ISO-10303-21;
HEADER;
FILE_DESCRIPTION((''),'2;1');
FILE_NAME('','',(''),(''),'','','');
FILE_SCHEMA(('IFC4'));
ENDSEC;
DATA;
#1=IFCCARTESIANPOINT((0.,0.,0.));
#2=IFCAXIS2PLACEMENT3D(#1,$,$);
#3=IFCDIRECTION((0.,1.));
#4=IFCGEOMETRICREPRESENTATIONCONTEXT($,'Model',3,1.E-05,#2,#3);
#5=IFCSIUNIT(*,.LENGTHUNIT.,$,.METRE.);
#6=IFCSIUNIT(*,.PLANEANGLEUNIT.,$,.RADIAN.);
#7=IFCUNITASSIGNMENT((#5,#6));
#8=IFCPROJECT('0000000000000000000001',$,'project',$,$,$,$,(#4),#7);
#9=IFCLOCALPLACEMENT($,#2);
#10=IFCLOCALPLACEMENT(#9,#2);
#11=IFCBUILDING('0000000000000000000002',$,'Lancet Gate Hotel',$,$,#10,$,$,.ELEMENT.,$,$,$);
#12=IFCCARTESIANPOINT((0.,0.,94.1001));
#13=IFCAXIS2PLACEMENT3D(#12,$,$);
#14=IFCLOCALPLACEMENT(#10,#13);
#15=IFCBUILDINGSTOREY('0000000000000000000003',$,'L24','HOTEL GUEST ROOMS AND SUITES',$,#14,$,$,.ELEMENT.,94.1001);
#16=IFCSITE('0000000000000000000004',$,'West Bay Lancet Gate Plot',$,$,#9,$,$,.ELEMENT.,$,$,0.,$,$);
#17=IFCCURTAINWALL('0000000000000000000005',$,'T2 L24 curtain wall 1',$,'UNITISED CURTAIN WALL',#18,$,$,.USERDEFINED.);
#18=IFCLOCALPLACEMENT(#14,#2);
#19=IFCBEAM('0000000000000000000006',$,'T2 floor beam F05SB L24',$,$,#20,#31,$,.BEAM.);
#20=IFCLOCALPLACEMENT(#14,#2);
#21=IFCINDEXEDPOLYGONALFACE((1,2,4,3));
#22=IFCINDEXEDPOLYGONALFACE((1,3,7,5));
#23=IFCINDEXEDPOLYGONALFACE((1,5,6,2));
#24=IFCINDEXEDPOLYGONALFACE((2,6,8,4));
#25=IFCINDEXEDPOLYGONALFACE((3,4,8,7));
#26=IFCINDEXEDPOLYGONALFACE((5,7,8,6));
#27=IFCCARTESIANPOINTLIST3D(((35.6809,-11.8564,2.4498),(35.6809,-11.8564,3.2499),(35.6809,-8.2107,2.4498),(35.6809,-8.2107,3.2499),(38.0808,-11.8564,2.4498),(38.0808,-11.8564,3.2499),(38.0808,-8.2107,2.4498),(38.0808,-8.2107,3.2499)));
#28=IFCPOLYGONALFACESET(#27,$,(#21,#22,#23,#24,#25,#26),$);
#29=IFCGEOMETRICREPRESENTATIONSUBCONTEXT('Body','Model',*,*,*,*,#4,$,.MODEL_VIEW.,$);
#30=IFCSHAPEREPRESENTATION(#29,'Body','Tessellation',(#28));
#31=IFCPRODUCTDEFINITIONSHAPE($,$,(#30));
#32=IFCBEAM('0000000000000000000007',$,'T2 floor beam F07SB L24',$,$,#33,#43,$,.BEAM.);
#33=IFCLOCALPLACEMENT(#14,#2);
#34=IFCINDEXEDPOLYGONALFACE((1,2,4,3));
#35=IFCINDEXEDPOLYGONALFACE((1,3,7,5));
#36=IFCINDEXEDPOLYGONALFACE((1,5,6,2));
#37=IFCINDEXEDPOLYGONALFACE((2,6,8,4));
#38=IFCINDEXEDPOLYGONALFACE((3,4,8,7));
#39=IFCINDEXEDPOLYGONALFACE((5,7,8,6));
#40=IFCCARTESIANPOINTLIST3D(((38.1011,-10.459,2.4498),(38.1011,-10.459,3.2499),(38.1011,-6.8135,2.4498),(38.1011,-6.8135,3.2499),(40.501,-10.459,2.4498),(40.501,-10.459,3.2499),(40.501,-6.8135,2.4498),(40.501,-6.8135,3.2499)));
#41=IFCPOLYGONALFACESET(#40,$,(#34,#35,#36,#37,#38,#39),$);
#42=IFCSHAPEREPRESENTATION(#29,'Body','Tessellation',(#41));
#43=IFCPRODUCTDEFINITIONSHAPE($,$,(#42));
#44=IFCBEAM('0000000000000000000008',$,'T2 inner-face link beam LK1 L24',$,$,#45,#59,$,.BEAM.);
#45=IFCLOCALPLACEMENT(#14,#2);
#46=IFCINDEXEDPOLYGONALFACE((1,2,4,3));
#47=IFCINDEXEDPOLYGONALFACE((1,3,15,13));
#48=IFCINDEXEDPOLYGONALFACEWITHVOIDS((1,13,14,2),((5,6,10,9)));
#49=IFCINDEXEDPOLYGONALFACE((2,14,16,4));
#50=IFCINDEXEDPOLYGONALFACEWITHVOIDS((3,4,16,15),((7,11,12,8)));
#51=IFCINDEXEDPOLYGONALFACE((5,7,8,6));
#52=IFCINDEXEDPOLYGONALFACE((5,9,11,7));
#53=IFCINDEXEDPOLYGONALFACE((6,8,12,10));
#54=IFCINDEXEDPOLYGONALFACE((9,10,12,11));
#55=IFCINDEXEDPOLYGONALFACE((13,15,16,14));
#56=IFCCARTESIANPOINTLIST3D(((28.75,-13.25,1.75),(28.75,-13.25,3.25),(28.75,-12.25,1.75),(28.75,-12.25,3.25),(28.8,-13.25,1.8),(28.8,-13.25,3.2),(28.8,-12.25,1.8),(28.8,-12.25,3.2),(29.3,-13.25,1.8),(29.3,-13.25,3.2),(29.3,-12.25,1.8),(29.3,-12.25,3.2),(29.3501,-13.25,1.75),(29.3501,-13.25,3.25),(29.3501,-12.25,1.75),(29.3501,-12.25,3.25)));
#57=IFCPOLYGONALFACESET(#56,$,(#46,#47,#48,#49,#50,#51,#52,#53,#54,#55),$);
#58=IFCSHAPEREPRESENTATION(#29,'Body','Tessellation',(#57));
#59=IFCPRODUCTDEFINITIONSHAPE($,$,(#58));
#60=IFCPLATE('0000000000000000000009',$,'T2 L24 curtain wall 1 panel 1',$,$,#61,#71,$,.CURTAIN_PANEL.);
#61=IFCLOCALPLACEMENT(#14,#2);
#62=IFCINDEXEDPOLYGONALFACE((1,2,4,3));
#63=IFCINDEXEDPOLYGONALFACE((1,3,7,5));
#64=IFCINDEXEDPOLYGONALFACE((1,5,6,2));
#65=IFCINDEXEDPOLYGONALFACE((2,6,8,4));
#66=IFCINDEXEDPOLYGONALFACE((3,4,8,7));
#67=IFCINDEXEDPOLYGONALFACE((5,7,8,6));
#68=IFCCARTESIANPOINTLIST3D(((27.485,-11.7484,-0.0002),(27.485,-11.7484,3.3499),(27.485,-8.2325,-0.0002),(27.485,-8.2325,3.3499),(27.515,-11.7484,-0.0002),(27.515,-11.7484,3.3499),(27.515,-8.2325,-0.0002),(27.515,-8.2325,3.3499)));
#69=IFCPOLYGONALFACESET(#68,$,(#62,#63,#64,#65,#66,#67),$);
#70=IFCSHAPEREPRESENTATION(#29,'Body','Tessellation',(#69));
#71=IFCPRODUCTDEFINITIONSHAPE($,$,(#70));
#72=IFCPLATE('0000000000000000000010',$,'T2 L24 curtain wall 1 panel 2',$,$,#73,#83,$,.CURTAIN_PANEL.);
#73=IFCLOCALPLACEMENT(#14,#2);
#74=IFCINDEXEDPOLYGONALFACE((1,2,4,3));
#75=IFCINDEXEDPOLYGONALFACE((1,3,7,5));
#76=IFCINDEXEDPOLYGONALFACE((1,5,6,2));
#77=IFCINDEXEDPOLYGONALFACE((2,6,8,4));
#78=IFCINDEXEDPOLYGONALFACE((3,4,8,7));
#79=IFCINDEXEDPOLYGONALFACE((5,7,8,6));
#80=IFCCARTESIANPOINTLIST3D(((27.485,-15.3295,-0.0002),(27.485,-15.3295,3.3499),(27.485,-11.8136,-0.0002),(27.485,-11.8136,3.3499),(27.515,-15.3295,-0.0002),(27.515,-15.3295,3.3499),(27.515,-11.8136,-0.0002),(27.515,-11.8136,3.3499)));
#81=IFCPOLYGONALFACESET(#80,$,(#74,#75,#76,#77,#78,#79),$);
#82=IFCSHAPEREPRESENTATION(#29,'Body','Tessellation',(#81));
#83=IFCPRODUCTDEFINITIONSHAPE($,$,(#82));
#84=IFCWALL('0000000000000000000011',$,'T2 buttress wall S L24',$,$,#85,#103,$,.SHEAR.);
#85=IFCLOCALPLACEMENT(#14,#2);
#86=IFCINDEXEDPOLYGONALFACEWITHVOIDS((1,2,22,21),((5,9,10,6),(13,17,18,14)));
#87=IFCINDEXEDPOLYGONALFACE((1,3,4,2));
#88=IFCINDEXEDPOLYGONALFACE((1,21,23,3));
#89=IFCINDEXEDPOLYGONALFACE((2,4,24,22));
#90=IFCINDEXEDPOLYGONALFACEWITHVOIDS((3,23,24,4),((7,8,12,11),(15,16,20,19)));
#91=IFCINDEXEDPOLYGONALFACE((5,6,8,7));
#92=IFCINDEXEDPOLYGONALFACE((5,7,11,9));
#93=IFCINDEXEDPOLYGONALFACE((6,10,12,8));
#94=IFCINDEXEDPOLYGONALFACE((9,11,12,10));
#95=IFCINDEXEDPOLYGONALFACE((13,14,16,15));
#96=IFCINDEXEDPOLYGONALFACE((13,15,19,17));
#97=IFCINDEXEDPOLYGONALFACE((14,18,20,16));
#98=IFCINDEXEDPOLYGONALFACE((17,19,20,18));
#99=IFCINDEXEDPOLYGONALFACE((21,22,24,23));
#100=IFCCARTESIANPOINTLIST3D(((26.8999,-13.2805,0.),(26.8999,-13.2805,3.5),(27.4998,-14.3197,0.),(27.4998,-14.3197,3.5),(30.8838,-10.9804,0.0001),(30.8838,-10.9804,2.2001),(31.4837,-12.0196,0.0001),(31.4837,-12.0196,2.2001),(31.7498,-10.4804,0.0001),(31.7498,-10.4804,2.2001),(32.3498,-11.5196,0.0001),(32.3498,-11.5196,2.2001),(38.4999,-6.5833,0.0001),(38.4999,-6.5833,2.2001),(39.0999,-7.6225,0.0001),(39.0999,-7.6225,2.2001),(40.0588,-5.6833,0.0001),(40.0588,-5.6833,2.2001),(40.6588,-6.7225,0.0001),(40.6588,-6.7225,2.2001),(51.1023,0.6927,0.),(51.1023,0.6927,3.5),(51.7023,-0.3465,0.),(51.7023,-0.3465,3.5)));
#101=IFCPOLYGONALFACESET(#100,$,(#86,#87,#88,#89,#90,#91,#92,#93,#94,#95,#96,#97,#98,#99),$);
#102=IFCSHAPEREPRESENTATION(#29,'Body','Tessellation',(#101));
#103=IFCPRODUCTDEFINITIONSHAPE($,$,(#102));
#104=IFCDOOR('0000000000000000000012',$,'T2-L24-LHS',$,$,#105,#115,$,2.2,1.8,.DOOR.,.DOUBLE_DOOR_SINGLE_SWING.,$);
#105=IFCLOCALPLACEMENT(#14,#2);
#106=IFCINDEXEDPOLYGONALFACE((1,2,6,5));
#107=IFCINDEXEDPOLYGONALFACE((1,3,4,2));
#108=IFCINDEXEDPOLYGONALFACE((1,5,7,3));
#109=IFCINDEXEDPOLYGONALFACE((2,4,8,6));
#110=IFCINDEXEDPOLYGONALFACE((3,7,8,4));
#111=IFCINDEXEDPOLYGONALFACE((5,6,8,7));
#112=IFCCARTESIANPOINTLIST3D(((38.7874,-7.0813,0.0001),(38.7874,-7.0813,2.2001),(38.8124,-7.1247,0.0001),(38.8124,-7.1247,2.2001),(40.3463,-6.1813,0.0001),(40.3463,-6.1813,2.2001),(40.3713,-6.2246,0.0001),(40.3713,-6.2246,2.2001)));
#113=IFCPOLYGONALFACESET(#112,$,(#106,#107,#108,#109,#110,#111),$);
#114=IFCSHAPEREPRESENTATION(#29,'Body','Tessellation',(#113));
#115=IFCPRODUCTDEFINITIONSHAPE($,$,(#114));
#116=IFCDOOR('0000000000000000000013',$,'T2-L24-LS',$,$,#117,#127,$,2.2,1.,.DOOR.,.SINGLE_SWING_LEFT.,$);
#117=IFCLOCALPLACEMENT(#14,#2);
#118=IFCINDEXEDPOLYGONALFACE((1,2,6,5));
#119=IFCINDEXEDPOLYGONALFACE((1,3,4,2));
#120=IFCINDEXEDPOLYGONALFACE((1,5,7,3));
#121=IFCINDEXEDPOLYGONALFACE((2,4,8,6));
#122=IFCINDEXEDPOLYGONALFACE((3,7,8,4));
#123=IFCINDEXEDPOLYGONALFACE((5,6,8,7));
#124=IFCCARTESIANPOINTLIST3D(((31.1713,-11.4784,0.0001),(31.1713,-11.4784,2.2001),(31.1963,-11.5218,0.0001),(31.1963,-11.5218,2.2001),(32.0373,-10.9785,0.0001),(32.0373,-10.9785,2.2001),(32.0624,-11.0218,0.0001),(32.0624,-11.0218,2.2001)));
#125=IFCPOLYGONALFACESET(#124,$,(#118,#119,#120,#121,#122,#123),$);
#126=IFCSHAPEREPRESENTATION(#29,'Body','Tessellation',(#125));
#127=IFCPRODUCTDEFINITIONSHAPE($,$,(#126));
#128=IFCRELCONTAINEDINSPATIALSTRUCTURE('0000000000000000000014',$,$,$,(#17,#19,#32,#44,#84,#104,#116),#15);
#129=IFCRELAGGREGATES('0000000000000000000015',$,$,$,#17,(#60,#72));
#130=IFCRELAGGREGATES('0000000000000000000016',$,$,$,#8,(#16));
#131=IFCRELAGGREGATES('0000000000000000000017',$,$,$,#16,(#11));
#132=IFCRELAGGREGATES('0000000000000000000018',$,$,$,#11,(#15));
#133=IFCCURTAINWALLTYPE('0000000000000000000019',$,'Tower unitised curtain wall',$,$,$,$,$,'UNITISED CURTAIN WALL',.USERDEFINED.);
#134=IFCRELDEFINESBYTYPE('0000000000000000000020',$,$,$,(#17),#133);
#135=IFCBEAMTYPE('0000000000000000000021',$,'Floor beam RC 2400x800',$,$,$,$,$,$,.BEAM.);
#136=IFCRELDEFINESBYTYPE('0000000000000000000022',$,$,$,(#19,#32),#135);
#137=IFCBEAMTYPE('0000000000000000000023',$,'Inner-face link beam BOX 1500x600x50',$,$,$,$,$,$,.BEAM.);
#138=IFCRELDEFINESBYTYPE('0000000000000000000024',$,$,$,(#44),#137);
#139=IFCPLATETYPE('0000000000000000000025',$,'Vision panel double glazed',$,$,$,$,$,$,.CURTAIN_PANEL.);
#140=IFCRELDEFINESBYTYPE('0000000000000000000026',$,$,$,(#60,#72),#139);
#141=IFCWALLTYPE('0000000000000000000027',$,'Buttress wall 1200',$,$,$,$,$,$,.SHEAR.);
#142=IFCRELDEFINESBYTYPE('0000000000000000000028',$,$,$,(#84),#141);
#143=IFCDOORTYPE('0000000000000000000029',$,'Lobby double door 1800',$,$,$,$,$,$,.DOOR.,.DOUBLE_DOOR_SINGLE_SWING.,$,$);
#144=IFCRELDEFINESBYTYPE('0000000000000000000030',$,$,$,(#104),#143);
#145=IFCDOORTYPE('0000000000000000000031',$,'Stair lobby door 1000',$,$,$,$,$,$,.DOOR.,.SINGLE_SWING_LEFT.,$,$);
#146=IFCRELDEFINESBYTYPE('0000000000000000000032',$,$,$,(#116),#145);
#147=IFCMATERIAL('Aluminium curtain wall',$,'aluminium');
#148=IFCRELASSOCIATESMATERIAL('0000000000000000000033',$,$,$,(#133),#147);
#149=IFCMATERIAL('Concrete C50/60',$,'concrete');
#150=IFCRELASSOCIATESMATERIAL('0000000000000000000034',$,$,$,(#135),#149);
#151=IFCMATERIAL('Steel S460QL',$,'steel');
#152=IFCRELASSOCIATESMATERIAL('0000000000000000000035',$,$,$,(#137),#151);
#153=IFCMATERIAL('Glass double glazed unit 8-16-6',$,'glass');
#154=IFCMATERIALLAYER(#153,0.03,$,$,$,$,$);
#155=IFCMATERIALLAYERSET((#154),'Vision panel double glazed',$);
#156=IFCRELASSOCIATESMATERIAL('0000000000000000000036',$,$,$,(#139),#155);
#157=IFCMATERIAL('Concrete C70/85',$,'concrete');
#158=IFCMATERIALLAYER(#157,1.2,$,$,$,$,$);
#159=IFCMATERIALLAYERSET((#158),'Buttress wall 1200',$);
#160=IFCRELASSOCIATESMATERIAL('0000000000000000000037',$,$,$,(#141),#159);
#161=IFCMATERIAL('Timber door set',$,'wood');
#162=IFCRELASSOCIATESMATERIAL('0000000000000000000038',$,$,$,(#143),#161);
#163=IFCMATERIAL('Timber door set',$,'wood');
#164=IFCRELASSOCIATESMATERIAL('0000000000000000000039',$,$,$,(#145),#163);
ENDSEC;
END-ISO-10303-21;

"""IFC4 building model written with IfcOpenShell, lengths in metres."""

from ifc_helpers import new_model, si_unit, direction, frame, frame_2d, origin, origin_2d, place, context, subcontext, project, spatial, rectangle, hollow_rectangle, extrude, material, layer, layer_set, material_profile, profile_set, type_object, element, fill, aggregate, save


model = new_model("IFC4")

# Units and contexts
model_context = context("Model", 3, precision=1e-05, world=origin(), true_north=direction((0.0, 1.0)))
body_context = subcontext(model_context, "Body", "Model", "MODEL_VIEW")
ifc_project = project(units=[si_unit("LENGTHUNIT", "METRE"), si_unit("PLANEANGLEUNIT", "RADIAN")], contexts=[model_context])

# Site, building, storey
site_placement = place(None, origin())
site = spatial("IfcSite", under=ifc_project, at=site_placement, Name="West Bay Lancet Gate Plot", CompositionType="ELEMENT", RefElevation=0.0)
building_placement = place(site_placement, origin())
building = spatial("IfcBuilding", under=site, at=building_placement, Name="Lancet Gate Hotel", CompositionType="ELEMENT")
storey_placement = place(building_placement, frame((0.0, 0.0, 94.1001)))
storey = spatial("IfcBuildingStorey", under=building, at=storey_placement, Name="L24", Description="HOTEL GUEST ROOMS AND SUITES", CompositionType="ELEMENT", Elevation=94.1001)

# Curtain wall
ifc_material_1 = material(Name="Aluminium curtain wall", Category="aluminium")
curtain_wall_type = type_object("IfcCurtainWallType", Name="Tower unitised curtain wall", ElementType="UNITISED CURTAIN WALL", PredefinedType="USERDEFINED", material=ifc_material_1)
curtain_wall_placement = place(storey_placement, origin())
curtain_wall = element("IfcCurtainWall", 1, at=curtain_wall_placement, inside=storey, type_object=curtain_wall_type, Name="T2 L24 curtain wall 1", ObjectType="UNITISED CURTAIN WALL", PredefinedType="USERDEFINED")

# Beams
ifc_material_2 = material(Name="Concrete C50/60", Category="concrete")
ifc_material_profile_1 = material_profile(ifc_material_2, rectangle(XDim=2.3999, YDim=0.8, at=origin_2d()), Name="RC 2400x800")
ifc_profile_set_1 = profile_set([ifc_material_profile_1], Name="Concrete C50/60")
beam_type_1 = type_object("IfcBeamType", Name="Floor beam RC 2400x800", PredefinedType="BEAM", material=ifc_profile_set_1)
for number, where, z_axis, x_axis, name in (
    (2, (36.8809, -11.8564, 2.8499), (0.0, 1.0, 0.0), (-1.0, 0.0, 0.0), "T2 floor beam F05SB L24"),
):
    element("IfcBeam", number, at=place(storey_placement, frame(where, z_axis=z_axis, x_axis=x_axis)), inside=storey, type_object=beam_type_1, Name=name, PredefinedType="BEAM", context=body_context, shape_type="SweptSolid", body=[
        extrude(rectangle(XDim=2.3999, YDim=0.8, at=origin_2d()), origin(), (0.0, 0.0, 1.0), 3.6458),
    ])
beam_1_placement = place(storey_placement, frame((39.301, -10.459, 2.8499), z_axis=(0.0, 1.0, 0.0), x_axis=(-1.0, 0.0, 0.0)))
element("IfcBeam", 3, at=beam_1_placement, inside=storey, type_object=beam_type_1, Name="T2 floor beam F07SB L24", PredefinedType="BEAM", context=body_context, shape_type="SweptSolid", body=[
    extrude(rectangle(XDim=2.3999, YDim=0.8, at=origin_2d()), origin(), (0.0, 0.0, 1.0), 3.6455),
])
ifc_material_3 = material(Name="Steel S460QL", Category="steel")
ifc_material_profile_2 = material_profile(ifc_material_3, hollow_rectangle(XDim=0.6001, YDim=1.5, WallThickness=0.05, at=origin_2d()), Name="BOX 1500x600x50")
ifc_profile_set_2 = profile_set([ifc_material_profile_2], Name="Steel S460QL")
beam_type_2 = type_object("IfcBeamType", Name="Inner-face link beam BOX 1500x600x50", PredefinedType="BEAM", material=ifc_profile_set_2)
beam_2_placement = place(storey_placement, frame((29.05, -13.25, 2.5), z_axis=(0.0, 1.0, 0.0), x_axis=(-1.0, 0.0, 0.0)))
element("IfcBeam", 4, at=beam_2_placement, inside=storey, type_object=beam_type_2, Name="T2 inner-face link beam LK1 L24", PredefinedType="BEAM", context=body_context, shape_type="SweptSolid", body=[
    extrude(hollow_rectangle(XDim=0.6001, YDim=1.5, WallThickness=0.05, at=origin_2d()), origin(), (0.0, 0.0, 1.0), 1.0),
])

# Plates
ifc_material_4 = material(Name="Glass double glazed unit 8-16-6", Category="glass")
ifc_layer_1 = layer(ifc_material_4, 0.03)
ifc_layer_set_1 = layer_set([ifc_layer_1], Name="Vision panel double glazed")
plate_type = type_object("IfcPlateType", Name="Vision panel double glazed", PredefinedType="CURTAIN_PANEL", material=ifc_layer_set_1)
plate_1_placement = place(storey_placement, frame((27.5, -9.9905, -0.0002), z_axis=(0.0, 0.0, 1.0), x_axis=(0.0, -1.0, 0.0)))
plate_1 = element("IfcPlate", 5, at=plate_1_placement, type_object=plate_type, Name="T2 L24 curtain wall 1 panel 1", PredefinedType="CURTAIN_PANEL", context=body_context, shape_type="SweptSolid", body=[
    extrude(rectangle(XDim=3.5159, YDim=0.03, at=origin_2d()), origin(), (0.0, 0.0, 1.0), 3.3501),
])
plate_2_placement = place(storey_placement, frame((27.5, -13.5715, -0.0002), z_axis=(0.0, 0.0, 1.0), x_axis=(0.0, -1.0, 0.0)))
plate_2 = element("IfcPlate", 6, at=plate_2_placement, type_object=plate_type, Name="T2 L24 curtain wall 1 panel 2", PredefinedType="CURTAIN_PANEL", context=body_context, shape_type="SweptSolid", body=[
    extrude(rectangle(XDim=3.5159, YDim=0.03, at=origin_2d()), origin(), (0.0, 0.0, 1.0), 3.3501),
])
aggregate(curtain_wall, [plate_1, plate_2])

# Wall, openings, doors
ifc_material_5 = material(Name="Concrete C70/85", Category="concrete")
ifc_layer_2 = layer(ifc_material_5, 1.2)
ifc_layer_set_2 = layer_set([ifc_layer_2], Name="Buttress wall 1200")
wall_type_1 = type_object("IfcWallType", Name="Buttress wall 1200", PredefinedType="SHEAR", material=ifc_layer_set_2)
wall_1_placement = place(storey_placement, frame((27.2, -13.8, 0.0), z_axis=(0.0, 0.0, 1.0), x_axis=(0.866027, 0.499997, 0.0)))
wall_1 = element("IfcWall", 7, at=wall_1_placement, inside=storey, type_object=wall_type_1, Name="T2 buttress wall S L24", PredefinedType="SHEAR", context=body_context, shape_type="SweptSolid", body=[
    extrude(rectangle(XDim=27.9465, YDim=1.2, at=frame_2d((13.9731, 0.0))), origin(), (0.0, 0.0, 1.0), 3.5),
])
opening_1_placement = place(wall_1_placement, frame((4.6001, 0.0, 0.0)))
opening_1 = element("IfcOpeningElement", 8, at=opening_1_placement, cuts=wall_1, PredefinedType="OPENING", context=body_context, shape_type="SweptSolid", body=[
    extrude(rectangle(XDim=1.0, YDim=2.2, at=frame_2d((0.5, 1.1001))), frame((0.0, 0.6099, 0.0), z_axis=(0.0, -1.0, 0.0), x_axis=(1.0, 0.0, 0.0)), (0.0, 0.0, 1.0), 1.22),
])
opening_2_placement = place(wall_1_placement, frame((13.3945, 0.0, 0.0)))
opening_2 = element("IfcOpeningElement", 9, at=opening_2_placement, cuts=wall_1, PredefinedType="OPENING", context=body_context, shape_type="SweptSolid", body=[
    extrude(rectangle(XDim=1.8, YDim=2.2, at=frame_2d((0.8999, 1.1001))), frame((0.0, 0.6099, 0.0), z_axis=(0.0, -1.0, 0.0), x_axis=(1.0, 0.0, 0.0)), (0.0, 0.0, 1.0), 1.22),
])
ifc_material_6 = material(Name="Timber door set", Category="wood")
door_type_1 = type_object("IfcDoorType", Name="Lobby double door 1800", OperationType="DOUBLE_DOOR_SINGLE_SWING", PredefinedType="DOOR", material=ifc_material_6)
door_1_placement = place(opening_2_placement, origin())
door_1 = element("IfcDoor", 10, at=door_1_placement, inside=storey, type_object=door_type_1, Name="T2-L24-LHS", OperationType="DOUBLE_DOOR_SINGLE_SWING", OverallHeight=2.2, OverallWidth=1.8, PredefinedType="DOOR", context=body_context, shape_type="SweptSolid", body=[
    extrude(rectangle(XDim=1.8, YDim=2.2, at=frame_2d((0.8999, 1.1001))), frame((0.0, 0.0249, 0.0), z_axis=(0.0, -1.0, 0.0), x_axis=(1.0, 0.0, 0.0)), (0.0, 0.0, 1.0), 0.05),
])
fill(opening_2, door_1)
ifc_material_7 = material(Name="Timber door set", Category="wood")
door_type_2 = type_object("IfcDoorType", Name="Stair lobby door 1000", OperationType="SINGLE_SWING_LEFT", PredefinedType="DOOR", material=ifc_material_7)
door_2_placement = place(opening_1_placement, origin())
door_2 = element("IfcDoor", 11, at=door_2_placement, inside=storey, type_object=door_type_2, Name="T2-L24-LS", OperationType="SINGLE_SWING_LEFT", OverallHeight=2.2, OverallWidth=1.0, PredefinedType="DOOR", context=body_context, shape_type="SweptSolid", body=[
    extrude(rectangle(XDim=1.0, YDim=2.2, at=frame_2d((0.5, 1.1001))), frame((0.0, 0.0249, 0.0), z_axis=(0.0, -1.0, 0.0), x_axis=(1.0, 0.0, 0.0)), (0.0, 0.0, 1.0), 0.05),
])
fill(opening_1, door_2)

save(model, "model.ifc")
